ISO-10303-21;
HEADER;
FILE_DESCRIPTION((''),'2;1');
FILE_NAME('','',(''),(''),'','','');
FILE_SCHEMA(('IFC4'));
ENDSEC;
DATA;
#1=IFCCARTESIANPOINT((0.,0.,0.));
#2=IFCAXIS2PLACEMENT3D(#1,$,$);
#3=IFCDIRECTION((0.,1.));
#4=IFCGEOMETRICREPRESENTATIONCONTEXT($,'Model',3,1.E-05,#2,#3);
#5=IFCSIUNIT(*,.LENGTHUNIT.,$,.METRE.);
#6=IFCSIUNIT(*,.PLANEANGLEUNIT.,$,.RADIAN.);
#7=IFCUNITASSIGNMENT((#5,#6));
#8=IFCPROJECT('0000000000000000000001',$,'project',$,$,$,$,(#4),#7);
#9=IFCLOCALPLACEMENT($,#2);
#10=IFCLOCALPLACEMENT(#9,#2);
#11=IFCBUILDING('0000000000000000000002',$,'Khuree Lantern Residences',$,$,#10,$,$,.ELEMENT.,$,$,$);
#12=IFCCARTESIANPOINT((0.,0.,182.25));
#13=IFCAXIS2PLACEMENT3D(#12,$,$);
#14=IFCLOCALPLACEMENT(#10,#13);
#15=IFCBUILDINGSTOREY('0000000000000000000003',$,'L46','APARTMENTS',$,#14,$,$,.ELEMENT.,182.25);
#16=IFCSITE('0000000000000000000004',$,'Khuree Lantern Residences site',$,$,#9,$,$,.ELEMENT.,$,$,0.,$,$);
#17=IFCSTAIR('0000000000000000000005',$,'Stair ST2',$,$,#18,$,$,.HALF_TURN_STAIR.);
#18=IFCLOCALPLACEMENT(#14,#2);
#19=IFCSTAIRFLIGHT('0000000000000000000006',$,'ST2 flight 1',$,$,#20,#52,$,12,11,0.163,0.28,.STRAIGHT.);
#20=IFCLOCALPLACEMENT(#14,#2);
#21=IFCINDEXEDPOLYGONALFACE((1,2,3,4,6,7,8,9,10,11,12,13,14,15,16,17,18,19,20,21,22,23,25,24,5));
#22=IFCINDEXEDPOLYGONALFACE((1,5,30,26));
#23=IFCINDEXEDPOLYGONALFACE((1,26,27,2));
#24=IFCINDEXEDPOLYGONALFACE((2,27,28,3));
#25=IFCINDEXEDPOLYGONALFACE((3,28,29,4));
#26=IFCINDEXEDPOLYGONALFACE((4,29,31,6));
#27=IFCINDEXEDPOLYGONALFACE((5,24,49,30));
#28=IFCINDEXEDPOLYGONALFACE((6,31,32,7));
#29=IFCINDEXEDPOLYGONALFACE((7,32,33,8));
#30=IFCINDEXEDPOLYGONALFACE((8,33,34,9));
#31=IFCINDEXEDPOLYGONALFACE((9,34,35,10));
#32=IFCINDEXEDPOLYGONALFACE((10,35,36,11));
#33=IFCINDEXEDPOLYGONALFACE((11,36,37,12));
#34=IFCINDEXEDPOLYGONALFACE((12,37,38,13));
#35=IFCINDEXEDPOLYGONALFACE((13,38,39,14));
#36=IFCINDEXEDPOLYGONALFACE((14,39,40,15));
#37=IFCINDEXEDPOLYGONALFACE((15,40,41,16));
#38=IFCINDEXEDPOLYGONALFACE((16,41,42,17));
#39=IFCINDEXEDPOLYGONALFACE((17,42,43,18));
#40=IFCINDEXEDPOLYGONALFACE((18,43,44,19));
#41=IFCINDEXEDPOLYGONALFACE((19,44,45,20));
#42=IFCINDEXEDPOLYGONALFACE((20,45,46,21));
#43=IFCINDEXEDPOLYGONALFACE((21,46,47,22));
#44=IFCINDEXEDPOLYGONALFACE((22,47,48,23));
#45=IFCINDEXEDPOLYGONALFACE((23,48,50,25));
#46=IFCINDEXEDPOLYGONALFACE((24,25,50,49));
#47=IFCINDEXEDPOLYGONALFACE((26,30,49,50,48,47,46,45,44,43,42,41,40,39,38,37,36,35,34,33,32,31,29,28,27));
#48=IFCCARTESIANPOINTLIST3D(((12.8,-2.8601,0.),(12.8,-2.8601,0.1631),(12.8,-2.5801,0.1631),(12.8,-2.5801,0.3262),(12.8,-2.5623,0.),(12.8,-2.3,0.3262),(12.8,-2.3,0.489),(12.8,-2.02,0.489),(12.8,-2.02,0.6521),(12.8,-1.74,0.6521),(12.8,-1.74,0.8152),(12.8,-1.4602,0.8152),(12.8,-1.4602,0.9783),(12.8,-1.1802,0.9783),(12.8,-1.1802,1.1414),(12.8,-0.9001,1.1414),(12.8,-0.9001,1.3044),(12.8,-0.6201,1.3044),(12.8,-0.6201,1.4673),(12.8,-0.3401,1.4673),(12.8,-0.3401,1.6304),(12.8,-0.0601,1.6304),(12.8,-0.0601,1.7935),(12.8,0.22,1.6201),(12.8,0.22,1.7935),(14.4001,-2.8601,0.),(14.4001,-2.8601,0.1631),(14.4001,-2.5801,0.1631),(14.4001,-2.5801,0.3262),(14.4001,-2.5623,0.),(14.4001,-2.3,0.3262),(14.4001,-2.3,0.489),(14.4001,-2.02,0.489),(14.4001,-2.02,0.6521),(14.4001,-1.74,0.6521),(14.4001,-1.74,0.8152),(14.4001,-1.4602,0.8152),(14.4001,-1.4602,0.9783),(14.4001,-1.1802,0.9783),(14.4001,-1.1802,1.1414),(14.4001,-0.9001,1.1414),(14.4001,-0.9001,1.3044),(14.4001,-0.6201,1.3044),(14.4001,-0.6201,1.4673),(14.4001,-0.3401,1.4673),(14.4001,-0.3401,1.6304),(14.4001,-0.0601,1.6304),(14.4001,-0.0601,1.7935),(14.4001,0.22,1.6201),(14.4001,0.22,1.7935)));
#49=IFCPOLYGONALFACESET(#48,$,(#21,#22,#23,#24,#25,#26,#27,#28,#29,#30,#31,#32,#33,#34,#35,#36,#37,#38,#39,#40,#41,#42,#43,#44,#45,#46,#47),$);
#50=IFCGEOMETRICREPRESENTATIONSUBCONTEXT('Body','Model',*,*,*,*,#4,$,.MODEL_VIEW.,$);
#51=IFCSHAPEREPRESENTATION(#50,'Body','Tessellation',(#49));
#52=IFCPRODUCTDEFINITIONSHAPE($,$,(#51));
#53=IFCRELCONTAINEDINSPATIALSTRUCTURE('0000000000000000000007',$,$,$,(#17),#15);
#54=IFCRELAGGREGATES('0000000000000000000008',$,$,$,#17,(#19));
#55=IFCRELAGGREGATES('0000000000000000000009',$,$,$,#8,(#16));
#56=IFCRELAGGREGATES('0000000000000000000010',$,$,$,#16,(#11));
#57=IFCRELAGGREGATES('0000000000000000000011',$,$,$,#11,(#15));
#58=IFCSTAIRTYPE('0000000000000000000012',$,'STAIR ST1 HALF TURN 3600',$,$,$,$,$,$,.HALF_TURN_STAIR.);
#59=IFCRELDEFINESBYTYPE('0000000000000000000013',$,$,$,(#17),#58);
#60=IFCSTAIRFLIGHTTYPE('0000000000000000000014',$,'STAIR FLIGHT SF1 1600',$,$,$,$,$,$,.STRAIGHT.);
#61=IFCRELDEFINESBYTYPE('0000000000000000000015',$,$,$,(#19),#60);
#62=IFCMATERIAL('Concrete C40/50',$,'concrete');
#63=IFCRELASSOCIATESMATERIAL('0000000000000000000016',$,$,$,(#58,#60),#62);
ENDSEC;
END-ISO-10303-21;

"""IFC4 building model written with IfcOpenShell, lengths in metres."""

from ifc_helpers import new_model, si_unit, direction, frame, origin, place, context, subcontext, project, spatial, polyline, outline, extrude, material, type_object, element, aggregate, save


model = new_model("IFC4")

# Units and contexts
model_context = context("Model", 3, precision=1e-05, world=origin(), true_north=direction((0.0, 1.0)))
body_context = subcontext(model_context, "Body", "Model", "MODEL_VIEW")
ifc_project = project(units=[si_unit("LENGTHUNIT", "METRE"), si_unit("PLANEANGLEUNIT", "RADIAN")], contexts=[model_context])

# Site, building, storey
site_placement = place(None, origin())
site = spatial("IfcSite", under=ifc_project, at=site_placement, Name="Khuree Lantern Residences site", CompositionType="ELEMENT", RefElevation=0.0)
building_placement = place(site_placement, origin())
building = spatial("IfcBuilding", under=site, at=building_placement, Name="Khuree Lantern Residences", CompositionType="ELEMENT")
storey_placement = place(building_placement, frame((0.0, 0.0, 182.25)))
storey = spatial("IfcBuildingStorey", under=building, at=storey_placement, Name="L46", Description="APARTMENTS", CompositionType="ELEMENT", Elevation=182.25)

# Stair, stair flight
ifc_material_1 = material(Name="Concrete C40/50", Category="concrete")
stair_type = type_object("IfcStairType", Name="STAIR ST1 HALF TURN 3600", PredefinedType="HALF_TURN_STAIR", material=ifc_material_1)
stair_placement = place(storey_placement, origin())
stair = element("IfcStair", 1, at=stair_placement, inside=storey, type_object=stair_type, Name="Stair ST2", PredefinedType="HALF_TURN_STAIR")
stair_flight_type = type_object("IfcStairFlightType", Name="STAIR FLIGHT SF1 1600", PredefinedType="STRAIGHT", material=ifc_material_1)
stair_flight_placement = place(storey_placement, frame((13.6001, -2.8601, 0.0), z_axis=(0.0, 0.0, 1.0), x_axis=(0.0, 1.0, 0.0)))
stair_flight = element("IfcStairFlight", 2, at=stair_flight_placement, type_object=stair_flight_type, Name="ST2 flight 1", NumberOfRisers=12, NumberOfTreads=11, PredefinedType="STRAIGHT", RiserHeight=0.163, TreadLength=0.28, context=body_context, shape_type="SweptSolid", body=[
    extrude(outline(polyline([(0.0, 0.0), (0.0, 0.1631), (0.28, 0.1631), (0.28, 0.3262), (0.5601, 0.3262), (0.5601, 0.489), (0.8401, 0.489), (0.8401, 0.6521), (1.1201, 0.6521), (1.1201, 0.8152), (1.3999, 0.8152), (1.3999, 0.9783), (1.6799, 0.9783), (1.6799, 1.1414), (1.96, 1.1414), (1.96, 1.3044), (2.24, 1.3044), (2.24, 1.4673), (2.52, 1.4673), (2.52, 1.6304), (2.8, 1.6304), (2.8, 1.7935), (3.0801, 1.7935), (3.0801, 1.9565), (3.0801, 1.6201), (0.2979, 0.0), (0.0, 0.0)])), frame((0.0, 0.8, 0.0), z_axis=(0.0, -1.0, 0.0), x_axis=(1.0, 0.0, 0.0)), (0.0, 0.0, 1.0), 1.6001),
])
aggregate(stair, [stair_flight])

save(model, "model.ifc")
